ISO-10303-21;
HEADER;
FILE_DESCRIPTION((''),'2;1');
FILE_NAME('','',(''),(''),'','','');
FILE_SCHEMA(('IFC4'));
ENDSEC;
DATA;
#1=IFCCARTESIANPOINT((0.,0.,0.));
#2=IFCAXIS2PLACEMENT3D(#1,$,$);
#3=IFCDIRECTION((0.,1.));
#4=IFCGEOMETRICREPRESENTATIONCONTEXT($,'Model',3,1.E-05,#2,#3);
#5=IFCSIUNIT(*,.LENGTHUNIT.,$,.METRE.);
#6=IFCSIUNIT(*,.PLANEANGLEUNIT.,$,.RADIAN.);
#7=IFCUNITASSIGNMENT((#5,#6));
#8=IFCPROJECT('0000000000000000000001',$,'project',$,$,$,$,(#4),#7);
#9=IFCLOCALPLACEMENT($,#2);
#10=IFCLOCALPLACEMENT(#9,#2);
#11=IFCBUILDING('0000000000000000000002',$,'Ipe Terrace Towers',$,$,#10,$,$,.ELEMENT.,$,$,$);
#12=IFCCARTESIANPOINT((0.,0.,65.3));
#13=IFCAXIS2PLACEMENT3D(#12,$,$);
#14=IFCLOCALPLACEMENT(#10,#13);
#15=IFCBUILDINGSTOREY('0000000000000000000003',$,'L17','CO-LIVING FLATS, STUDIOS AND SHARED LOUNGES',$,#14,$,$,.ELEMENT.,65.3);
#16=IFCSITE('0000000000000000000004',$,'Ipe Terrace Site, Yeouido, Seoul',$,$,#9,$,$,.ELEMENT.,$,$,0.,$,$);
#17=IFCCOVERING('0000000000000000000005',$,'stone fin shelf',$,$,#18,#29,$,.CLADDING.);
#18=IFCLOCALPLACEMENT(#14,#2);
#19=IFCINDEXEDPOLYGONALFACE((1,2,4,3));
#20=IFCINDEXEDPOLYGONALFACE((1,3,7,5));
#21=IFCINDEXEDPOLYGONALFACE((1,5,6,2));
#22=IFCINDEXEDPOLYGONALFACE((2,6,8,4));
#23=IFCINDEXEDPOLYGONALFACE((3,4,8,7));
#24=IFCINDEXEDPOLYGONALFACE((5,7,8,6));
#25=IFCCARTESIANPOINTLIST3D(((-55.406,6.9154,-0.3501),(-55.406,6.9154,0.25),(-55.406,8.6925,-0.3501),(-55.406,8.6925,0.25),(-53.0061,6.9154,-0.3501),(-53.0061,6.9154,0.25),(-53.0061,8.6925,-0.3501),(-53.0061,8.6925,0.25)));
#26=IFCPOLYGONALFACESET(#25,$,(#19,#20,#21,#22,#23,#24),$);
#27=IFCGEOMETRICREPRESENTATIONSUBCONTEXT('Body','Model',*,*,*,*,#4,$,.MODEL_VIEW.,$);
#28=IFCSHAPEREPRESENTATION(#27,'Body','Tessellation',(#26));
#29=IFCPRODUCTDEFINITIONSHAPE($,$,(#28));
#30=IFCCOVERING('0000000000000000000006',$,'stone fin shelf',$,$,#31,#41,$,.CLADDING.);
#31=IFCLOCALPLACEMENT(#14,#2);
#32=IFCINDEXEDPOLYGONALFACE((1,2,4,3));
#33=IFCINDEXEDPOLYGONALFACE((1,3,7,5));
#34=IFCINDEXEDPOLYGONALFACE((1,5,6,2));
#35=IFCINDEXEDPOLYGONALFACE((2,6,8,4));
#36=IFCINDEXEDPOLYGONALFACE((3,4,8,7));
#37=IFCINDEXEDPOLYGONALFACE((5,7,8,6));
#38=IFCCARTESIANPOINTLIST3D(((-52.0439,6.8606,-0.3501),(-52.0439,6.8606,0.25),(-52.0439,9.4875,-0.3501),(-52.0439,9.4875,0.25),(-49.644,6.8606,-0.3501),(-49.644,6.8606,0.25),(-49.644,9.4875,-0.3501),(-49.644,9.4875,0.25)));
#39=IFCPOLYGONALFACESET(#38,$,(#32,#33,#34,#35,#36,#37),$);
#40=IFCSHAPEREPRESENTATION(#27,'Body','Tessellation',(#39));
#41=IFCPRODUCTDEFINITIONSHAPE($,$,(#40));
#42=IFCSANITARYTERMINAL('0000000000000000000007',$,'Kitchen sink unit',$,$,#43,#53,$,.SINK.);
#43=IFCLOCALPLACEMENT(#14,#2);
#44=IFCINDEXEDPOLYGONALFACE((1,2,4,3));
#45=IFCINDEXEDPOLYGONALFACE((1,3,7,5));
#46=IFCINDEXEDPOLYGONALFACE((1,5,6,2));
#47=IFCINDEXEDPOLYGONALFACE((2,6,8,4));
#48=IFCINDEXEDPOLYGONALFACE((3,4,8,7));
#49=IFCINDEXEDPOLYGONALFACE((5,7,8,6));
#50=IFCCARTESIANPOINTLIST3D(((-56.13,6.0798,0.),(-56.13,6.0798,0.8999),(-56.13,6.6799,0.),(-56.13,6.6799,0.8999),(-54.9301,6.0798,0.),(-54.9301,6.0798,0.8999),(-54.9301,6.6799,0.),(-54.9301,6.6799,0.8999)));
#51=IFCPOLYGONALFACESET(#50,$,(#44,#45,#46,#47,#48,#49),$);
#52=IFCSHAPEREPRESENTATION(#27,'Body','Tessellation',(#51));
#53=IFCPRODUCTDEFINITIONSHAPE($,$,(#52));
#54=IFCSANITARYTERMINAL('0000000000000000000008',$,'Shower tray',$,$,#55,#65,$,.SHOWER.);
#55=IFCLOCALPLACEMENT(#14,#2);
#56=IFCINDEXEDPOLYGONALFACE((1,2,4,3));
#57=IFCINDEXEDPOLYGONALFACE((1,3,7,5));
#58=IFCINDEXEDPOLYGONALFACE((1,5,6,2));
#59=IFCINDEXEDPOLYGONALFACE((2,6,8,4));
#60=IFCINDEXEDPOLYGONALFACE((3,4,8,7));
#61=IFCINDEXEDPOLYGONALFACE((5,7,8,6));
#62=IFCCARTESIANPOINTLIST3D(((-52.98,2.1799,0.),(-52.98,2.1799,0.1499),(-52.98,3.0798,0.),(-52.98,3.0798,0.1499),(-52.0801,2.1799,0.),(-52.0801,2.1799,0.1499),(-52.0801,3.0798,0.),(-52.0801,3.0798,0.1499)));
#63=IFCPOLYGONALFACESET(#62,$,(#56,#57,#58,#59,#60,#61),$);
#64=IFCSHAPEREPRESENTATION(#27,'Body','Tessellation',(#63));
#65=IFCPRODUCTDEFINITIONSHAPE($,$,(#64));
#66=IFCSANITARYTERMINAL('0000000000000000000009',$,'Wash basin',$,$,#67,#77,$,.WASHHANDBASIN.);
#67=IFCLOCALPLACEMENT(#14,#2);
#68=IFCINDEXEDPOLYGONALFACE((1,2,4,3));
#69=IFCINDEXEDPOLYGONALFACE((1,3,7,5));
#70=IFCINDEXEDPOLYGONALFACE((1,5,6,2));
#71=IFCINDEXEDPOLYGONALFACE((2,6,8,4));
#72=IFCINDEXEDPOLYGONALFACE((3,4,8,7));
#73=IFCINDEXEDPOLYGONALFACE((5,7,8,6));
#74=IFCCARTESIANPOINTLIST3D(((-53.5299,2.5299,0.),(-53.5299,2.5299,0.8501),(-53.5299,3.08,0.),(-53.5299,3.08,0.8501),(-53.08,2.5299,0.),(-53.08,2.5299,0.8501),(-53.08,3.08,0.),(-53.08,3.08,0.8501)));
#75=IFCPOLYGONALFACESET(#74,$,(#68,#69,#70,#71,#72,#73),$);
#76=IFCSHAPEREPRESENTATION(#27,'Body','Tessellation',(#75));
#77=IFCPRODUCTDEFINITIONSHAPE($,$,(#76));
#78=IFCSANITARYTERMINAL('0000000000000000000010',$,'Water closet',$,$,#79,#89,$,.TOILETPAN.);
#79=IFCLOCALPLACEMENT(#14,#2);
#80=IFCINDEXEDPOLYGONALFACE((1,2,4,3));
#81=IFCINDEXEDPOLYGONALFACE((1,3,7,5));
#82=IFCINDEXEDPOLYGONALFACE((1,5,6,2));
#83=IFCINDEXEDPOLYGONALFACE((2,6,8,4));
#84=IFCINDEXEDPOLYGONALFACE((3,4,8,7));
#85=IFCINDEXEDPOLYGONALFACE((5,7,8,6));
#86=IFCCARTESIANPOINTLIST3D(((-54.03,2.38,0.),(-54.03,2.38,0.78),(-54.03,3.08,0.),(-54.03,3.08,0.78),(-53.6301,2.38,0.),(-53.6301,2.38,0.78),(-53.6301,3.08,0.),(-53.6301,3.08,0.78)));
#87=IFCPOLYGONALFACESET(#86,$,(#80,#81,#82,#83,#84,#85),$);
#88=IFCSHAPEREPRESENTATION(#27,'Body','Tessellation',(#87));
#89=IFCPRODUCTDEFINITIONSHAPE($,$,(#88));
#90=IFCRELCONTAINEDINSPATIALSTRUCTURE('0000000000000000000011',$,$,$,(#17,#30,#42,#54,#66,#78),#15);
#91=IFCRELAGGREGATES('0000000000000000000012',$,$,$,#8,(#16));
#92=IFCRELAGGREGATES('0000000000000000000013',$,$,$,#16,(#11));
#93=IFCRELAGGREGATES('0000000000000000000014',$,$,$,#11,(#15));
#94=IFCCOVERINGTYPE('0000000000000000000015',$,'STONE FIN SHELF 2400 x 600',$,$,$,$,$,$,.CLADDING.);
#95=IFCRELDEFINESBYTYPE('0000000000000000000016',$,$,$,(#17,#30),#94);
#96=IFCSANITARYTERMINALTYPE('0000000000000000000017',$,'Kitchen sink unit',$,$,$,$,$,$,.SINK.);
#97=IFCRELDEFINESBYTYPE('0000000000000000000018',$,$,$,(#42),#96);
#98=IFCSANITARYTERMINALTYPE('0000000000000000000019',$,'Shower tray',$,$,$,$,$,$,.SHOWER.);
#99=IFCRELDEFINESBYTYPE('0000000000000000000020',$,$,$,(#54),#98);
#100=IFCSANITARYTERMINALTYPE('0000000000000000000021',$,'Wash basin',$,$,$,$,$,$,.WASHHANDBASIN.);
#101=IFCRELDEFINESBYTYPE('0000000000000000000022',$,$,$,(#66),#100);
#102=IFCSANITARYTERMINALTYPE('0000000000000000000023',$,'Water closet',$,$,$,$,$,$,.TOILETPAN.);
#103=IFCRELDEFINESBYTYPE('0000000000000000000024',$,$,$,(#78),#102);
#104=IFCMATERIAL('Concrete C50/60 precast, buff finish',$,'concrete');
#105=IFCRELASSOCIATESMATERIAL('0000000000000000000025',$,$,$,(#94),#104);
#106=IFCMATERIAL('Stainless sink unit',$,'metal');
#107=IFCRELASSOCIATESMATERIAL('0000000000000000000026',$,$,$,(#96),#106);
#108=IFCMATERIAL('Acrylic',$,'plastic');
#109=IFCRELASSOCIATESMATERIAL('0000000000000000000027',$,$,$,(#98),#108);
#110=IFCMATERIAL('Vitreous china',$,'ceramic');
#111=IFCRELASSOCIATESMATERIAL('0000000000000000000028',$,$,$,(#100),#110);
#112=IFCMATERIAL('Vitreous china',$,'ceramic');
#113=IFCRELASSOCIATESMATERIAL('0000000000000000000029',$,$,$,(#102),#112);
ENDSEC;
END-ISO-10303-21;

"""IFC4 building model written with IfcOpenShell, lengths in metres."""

from ifc_helpers import new_model, si_unit, direction, frame, origin, origin_2d, place, context, subcontext, project, spatial, rectangle, extrude, material, type_object, element, save


model = new_model("IFC4")

# Units and contexts
model_context = context("Model", 3, precision=1e-05, world=origin(), true_north=direction((0.0, 1.0)))
body_context = subcontext(model_context, "Body", "Model", "MODEL_VIEW")
ifc_project = project(units=[si_unit("LENGTHUNIT", "METRE"), si_unit("PLANEANGLEUNIT", "RADIAN")], contexts=[model_context])

# Site, building, storey
site_placement = place(None, origin())
site = spatial("IfcSite", under=ifc_project, at=site_placement, Name="Ipe Terrace Site, Yeouido, Seoul", CompositionType="ELEMENT", RefElevation=0.0)
building_placement = place(site_placement, origin())
building = spatial("IfcBuilding", under=site, at=building_placement, Name="Ipe Terrace Towers", CompositionType="ELEMENT")
storey_placement = place(building_placement, frame((0.0, 0.0, 65.3)))
storey = spatial("IfcBuildingStorey", under=building, at=storey_placement, Name="L17", Description="CO-LIVING FLATS, STUDIOS AND SHARED LOUNGES", CompositionType="ELEMENT", Elevation=65.3)

# Coverings
ifc_material_1 = material(Name="Concrete C50/60 precast, buff finish", Category="concrete")
covering_type_1 = type_object("IfcCoveringType", Name="STONE FIN SHELF 2400 x 600", PredefinedType="CLADDING", material=ifc_material_1)
covering_1_placement = place(storey_placement, frame((-54.2061, 7.804, -0.3501), z_axis=(0.0, 0.0, 1.0), x_axis=(-1.0, 0.0, 0.0)))
element("IfcCovering", 1, at=covering_1_placement, inside=storey, type_object=covering_type_1, Name="stone fin shelf", PredefinedType="CLADDING", context=body_context, shape_type="SweptSolid", body=[
    extrude(rectangle(XDim=2.3999, YDim=1.7771, at=origin_2d()), origin(), (0.0, 0.0, 1.0), 0.6001),
])
covering_2_placement = place(storey_placement, frame((-50.844, 8.1741, -0.3501), z_axis=(0.0, 0.0, 1.0), x_axis=(-1.0, 0.0, 0.0)))
element("IfcCovering", 2, at=covering_2_placement, inside=storey, type_object=covering_type_1, Name="stone fin shelf", PredefinedType="CLADDING", context=body_context, shape_type="SweptSolid", body=[
    extrude(rectangle(XDim=2.3999, YDim=2.627, at=origin_2d()), origin(), (0.0, 0.0, 1.0), 0.6001),
])

# Sanitary terminals
ifc_material_2 = material(Name="Stainless sink unit", Category="metal")
sanitary_terminal_type_1 = type_object("IfcSanitaryTerminalType", Name="Kitchen sink unit", PredefinedType="SINK", material=ifc_material_2)
sanitary_terminal_1_placement = place(storey_placement, frame((-55.53, 6.3799, 0.0), z_axis=(0.0, 0.0, 1.0), x_axis=(1.0, 0.0, 0.0)))
element("IfcSanitaryTerminal", 3, at=sanitary_terminal_1_placement, inside=storey, type_object=sanitary_terminal_type_1, Name="Kitchen sink unit", PredefinedType="SINK", context=body_context, shape_type="SweptSolid", body=[
    extrude(rectangle(XDim=1.2, YDim=0.6001, at=origin_2d()), origin(), (0.0, 0.0, 1.0), 0.8999),
])
ifc_material_3 = material(Name="Acrylic", Category="plastic")
sanitary_terminal_type_2 = type_object("IfcSanitaryTerminalType", Name="Shower tray", PredefinedType="SHOWER", material=ifc_material_3)
sanitary_terminal_2_placement = place(storey_placement, frame((-52.53, 2.6299, 0.0), z_axis=(0.0, 0.0, 1.0), x_axis=(0.0, -1.0, 0.0)))
element("IfcSanitaryTerminal", 4, at=sanitary_terminal_2_placement, inside=storey, type_object=sanitary_terminal_type_2, Name="Shower tray", PredefinedType="SHOWER", context=body_context, shape_type="SweptSolid", body=[
    extrude(rectangle(XDim=0.8999, YDim=0.8999, at=origin_2d()), origin(), (0.0, 0.0, 1.0), 0.1499),
])
ifc_material_4 = material(Name="Vitreous china", Category="ceramic")
sanitary_terminal_type_3 = type_object("IfcSanitaryTerminalType", Name="Wash basin", PredefinedType="WASHHANDBASIN", material=ifc_material_4)
sanitary_terminal_3_placement = place(storey_placement, frame((-53.3049, 2.8049, 0.0), z_axis=(0.0, 0.0, 1.0), x_axis=(0.0, -1.0, 0.0)))
element("IfcSanitaryTerminal", 5, at=sanitary_terminal_3_placement, inside=storey, type_object=sanitary_terminal_type_3, Name="Wash basin", PredefinedType="WASHHANDBASIN", context=body_context, shape_type="SweptSolid", body=[
    extrude(rectangle(XDim=0.55, YDim=0.45, at=origin_2d()), origin(), (0.0, 0.0, 1.0), 0.8501),
])
ifc_material_5 = material(Name="Vitreous china", Category="ceramic")
sanitary_terminal_type_4 = type_object("IfcSanitaryTerminalType", Name="Water closet", PredefinedType="TOILETPAN", material=ifc_material_5)
sanitary_terminal_4_placement = place(storey_placement, frame((-53.8301, 2.73, 0.0), z_axis=(0.0, 0.0, 1.0), x_axis=(0.0, -1.0, 0.0)))
element("IfcSanitaryTerminal", 6, at=sanitary_terminal_4_placement, inside=storey, type_object=sanitary_terminal_type_4, Name="Water closet", PredefinedType="TOILETPAN", context=body_context, shape_type="SweptSolid", body=[
    extrude(rectangle(XDim=0.7, YDim=0.3999, at=origin_2d()), origin(), (0.0, 0.0, 1.0), 0.78),
])

save(model, "model.ifc")
